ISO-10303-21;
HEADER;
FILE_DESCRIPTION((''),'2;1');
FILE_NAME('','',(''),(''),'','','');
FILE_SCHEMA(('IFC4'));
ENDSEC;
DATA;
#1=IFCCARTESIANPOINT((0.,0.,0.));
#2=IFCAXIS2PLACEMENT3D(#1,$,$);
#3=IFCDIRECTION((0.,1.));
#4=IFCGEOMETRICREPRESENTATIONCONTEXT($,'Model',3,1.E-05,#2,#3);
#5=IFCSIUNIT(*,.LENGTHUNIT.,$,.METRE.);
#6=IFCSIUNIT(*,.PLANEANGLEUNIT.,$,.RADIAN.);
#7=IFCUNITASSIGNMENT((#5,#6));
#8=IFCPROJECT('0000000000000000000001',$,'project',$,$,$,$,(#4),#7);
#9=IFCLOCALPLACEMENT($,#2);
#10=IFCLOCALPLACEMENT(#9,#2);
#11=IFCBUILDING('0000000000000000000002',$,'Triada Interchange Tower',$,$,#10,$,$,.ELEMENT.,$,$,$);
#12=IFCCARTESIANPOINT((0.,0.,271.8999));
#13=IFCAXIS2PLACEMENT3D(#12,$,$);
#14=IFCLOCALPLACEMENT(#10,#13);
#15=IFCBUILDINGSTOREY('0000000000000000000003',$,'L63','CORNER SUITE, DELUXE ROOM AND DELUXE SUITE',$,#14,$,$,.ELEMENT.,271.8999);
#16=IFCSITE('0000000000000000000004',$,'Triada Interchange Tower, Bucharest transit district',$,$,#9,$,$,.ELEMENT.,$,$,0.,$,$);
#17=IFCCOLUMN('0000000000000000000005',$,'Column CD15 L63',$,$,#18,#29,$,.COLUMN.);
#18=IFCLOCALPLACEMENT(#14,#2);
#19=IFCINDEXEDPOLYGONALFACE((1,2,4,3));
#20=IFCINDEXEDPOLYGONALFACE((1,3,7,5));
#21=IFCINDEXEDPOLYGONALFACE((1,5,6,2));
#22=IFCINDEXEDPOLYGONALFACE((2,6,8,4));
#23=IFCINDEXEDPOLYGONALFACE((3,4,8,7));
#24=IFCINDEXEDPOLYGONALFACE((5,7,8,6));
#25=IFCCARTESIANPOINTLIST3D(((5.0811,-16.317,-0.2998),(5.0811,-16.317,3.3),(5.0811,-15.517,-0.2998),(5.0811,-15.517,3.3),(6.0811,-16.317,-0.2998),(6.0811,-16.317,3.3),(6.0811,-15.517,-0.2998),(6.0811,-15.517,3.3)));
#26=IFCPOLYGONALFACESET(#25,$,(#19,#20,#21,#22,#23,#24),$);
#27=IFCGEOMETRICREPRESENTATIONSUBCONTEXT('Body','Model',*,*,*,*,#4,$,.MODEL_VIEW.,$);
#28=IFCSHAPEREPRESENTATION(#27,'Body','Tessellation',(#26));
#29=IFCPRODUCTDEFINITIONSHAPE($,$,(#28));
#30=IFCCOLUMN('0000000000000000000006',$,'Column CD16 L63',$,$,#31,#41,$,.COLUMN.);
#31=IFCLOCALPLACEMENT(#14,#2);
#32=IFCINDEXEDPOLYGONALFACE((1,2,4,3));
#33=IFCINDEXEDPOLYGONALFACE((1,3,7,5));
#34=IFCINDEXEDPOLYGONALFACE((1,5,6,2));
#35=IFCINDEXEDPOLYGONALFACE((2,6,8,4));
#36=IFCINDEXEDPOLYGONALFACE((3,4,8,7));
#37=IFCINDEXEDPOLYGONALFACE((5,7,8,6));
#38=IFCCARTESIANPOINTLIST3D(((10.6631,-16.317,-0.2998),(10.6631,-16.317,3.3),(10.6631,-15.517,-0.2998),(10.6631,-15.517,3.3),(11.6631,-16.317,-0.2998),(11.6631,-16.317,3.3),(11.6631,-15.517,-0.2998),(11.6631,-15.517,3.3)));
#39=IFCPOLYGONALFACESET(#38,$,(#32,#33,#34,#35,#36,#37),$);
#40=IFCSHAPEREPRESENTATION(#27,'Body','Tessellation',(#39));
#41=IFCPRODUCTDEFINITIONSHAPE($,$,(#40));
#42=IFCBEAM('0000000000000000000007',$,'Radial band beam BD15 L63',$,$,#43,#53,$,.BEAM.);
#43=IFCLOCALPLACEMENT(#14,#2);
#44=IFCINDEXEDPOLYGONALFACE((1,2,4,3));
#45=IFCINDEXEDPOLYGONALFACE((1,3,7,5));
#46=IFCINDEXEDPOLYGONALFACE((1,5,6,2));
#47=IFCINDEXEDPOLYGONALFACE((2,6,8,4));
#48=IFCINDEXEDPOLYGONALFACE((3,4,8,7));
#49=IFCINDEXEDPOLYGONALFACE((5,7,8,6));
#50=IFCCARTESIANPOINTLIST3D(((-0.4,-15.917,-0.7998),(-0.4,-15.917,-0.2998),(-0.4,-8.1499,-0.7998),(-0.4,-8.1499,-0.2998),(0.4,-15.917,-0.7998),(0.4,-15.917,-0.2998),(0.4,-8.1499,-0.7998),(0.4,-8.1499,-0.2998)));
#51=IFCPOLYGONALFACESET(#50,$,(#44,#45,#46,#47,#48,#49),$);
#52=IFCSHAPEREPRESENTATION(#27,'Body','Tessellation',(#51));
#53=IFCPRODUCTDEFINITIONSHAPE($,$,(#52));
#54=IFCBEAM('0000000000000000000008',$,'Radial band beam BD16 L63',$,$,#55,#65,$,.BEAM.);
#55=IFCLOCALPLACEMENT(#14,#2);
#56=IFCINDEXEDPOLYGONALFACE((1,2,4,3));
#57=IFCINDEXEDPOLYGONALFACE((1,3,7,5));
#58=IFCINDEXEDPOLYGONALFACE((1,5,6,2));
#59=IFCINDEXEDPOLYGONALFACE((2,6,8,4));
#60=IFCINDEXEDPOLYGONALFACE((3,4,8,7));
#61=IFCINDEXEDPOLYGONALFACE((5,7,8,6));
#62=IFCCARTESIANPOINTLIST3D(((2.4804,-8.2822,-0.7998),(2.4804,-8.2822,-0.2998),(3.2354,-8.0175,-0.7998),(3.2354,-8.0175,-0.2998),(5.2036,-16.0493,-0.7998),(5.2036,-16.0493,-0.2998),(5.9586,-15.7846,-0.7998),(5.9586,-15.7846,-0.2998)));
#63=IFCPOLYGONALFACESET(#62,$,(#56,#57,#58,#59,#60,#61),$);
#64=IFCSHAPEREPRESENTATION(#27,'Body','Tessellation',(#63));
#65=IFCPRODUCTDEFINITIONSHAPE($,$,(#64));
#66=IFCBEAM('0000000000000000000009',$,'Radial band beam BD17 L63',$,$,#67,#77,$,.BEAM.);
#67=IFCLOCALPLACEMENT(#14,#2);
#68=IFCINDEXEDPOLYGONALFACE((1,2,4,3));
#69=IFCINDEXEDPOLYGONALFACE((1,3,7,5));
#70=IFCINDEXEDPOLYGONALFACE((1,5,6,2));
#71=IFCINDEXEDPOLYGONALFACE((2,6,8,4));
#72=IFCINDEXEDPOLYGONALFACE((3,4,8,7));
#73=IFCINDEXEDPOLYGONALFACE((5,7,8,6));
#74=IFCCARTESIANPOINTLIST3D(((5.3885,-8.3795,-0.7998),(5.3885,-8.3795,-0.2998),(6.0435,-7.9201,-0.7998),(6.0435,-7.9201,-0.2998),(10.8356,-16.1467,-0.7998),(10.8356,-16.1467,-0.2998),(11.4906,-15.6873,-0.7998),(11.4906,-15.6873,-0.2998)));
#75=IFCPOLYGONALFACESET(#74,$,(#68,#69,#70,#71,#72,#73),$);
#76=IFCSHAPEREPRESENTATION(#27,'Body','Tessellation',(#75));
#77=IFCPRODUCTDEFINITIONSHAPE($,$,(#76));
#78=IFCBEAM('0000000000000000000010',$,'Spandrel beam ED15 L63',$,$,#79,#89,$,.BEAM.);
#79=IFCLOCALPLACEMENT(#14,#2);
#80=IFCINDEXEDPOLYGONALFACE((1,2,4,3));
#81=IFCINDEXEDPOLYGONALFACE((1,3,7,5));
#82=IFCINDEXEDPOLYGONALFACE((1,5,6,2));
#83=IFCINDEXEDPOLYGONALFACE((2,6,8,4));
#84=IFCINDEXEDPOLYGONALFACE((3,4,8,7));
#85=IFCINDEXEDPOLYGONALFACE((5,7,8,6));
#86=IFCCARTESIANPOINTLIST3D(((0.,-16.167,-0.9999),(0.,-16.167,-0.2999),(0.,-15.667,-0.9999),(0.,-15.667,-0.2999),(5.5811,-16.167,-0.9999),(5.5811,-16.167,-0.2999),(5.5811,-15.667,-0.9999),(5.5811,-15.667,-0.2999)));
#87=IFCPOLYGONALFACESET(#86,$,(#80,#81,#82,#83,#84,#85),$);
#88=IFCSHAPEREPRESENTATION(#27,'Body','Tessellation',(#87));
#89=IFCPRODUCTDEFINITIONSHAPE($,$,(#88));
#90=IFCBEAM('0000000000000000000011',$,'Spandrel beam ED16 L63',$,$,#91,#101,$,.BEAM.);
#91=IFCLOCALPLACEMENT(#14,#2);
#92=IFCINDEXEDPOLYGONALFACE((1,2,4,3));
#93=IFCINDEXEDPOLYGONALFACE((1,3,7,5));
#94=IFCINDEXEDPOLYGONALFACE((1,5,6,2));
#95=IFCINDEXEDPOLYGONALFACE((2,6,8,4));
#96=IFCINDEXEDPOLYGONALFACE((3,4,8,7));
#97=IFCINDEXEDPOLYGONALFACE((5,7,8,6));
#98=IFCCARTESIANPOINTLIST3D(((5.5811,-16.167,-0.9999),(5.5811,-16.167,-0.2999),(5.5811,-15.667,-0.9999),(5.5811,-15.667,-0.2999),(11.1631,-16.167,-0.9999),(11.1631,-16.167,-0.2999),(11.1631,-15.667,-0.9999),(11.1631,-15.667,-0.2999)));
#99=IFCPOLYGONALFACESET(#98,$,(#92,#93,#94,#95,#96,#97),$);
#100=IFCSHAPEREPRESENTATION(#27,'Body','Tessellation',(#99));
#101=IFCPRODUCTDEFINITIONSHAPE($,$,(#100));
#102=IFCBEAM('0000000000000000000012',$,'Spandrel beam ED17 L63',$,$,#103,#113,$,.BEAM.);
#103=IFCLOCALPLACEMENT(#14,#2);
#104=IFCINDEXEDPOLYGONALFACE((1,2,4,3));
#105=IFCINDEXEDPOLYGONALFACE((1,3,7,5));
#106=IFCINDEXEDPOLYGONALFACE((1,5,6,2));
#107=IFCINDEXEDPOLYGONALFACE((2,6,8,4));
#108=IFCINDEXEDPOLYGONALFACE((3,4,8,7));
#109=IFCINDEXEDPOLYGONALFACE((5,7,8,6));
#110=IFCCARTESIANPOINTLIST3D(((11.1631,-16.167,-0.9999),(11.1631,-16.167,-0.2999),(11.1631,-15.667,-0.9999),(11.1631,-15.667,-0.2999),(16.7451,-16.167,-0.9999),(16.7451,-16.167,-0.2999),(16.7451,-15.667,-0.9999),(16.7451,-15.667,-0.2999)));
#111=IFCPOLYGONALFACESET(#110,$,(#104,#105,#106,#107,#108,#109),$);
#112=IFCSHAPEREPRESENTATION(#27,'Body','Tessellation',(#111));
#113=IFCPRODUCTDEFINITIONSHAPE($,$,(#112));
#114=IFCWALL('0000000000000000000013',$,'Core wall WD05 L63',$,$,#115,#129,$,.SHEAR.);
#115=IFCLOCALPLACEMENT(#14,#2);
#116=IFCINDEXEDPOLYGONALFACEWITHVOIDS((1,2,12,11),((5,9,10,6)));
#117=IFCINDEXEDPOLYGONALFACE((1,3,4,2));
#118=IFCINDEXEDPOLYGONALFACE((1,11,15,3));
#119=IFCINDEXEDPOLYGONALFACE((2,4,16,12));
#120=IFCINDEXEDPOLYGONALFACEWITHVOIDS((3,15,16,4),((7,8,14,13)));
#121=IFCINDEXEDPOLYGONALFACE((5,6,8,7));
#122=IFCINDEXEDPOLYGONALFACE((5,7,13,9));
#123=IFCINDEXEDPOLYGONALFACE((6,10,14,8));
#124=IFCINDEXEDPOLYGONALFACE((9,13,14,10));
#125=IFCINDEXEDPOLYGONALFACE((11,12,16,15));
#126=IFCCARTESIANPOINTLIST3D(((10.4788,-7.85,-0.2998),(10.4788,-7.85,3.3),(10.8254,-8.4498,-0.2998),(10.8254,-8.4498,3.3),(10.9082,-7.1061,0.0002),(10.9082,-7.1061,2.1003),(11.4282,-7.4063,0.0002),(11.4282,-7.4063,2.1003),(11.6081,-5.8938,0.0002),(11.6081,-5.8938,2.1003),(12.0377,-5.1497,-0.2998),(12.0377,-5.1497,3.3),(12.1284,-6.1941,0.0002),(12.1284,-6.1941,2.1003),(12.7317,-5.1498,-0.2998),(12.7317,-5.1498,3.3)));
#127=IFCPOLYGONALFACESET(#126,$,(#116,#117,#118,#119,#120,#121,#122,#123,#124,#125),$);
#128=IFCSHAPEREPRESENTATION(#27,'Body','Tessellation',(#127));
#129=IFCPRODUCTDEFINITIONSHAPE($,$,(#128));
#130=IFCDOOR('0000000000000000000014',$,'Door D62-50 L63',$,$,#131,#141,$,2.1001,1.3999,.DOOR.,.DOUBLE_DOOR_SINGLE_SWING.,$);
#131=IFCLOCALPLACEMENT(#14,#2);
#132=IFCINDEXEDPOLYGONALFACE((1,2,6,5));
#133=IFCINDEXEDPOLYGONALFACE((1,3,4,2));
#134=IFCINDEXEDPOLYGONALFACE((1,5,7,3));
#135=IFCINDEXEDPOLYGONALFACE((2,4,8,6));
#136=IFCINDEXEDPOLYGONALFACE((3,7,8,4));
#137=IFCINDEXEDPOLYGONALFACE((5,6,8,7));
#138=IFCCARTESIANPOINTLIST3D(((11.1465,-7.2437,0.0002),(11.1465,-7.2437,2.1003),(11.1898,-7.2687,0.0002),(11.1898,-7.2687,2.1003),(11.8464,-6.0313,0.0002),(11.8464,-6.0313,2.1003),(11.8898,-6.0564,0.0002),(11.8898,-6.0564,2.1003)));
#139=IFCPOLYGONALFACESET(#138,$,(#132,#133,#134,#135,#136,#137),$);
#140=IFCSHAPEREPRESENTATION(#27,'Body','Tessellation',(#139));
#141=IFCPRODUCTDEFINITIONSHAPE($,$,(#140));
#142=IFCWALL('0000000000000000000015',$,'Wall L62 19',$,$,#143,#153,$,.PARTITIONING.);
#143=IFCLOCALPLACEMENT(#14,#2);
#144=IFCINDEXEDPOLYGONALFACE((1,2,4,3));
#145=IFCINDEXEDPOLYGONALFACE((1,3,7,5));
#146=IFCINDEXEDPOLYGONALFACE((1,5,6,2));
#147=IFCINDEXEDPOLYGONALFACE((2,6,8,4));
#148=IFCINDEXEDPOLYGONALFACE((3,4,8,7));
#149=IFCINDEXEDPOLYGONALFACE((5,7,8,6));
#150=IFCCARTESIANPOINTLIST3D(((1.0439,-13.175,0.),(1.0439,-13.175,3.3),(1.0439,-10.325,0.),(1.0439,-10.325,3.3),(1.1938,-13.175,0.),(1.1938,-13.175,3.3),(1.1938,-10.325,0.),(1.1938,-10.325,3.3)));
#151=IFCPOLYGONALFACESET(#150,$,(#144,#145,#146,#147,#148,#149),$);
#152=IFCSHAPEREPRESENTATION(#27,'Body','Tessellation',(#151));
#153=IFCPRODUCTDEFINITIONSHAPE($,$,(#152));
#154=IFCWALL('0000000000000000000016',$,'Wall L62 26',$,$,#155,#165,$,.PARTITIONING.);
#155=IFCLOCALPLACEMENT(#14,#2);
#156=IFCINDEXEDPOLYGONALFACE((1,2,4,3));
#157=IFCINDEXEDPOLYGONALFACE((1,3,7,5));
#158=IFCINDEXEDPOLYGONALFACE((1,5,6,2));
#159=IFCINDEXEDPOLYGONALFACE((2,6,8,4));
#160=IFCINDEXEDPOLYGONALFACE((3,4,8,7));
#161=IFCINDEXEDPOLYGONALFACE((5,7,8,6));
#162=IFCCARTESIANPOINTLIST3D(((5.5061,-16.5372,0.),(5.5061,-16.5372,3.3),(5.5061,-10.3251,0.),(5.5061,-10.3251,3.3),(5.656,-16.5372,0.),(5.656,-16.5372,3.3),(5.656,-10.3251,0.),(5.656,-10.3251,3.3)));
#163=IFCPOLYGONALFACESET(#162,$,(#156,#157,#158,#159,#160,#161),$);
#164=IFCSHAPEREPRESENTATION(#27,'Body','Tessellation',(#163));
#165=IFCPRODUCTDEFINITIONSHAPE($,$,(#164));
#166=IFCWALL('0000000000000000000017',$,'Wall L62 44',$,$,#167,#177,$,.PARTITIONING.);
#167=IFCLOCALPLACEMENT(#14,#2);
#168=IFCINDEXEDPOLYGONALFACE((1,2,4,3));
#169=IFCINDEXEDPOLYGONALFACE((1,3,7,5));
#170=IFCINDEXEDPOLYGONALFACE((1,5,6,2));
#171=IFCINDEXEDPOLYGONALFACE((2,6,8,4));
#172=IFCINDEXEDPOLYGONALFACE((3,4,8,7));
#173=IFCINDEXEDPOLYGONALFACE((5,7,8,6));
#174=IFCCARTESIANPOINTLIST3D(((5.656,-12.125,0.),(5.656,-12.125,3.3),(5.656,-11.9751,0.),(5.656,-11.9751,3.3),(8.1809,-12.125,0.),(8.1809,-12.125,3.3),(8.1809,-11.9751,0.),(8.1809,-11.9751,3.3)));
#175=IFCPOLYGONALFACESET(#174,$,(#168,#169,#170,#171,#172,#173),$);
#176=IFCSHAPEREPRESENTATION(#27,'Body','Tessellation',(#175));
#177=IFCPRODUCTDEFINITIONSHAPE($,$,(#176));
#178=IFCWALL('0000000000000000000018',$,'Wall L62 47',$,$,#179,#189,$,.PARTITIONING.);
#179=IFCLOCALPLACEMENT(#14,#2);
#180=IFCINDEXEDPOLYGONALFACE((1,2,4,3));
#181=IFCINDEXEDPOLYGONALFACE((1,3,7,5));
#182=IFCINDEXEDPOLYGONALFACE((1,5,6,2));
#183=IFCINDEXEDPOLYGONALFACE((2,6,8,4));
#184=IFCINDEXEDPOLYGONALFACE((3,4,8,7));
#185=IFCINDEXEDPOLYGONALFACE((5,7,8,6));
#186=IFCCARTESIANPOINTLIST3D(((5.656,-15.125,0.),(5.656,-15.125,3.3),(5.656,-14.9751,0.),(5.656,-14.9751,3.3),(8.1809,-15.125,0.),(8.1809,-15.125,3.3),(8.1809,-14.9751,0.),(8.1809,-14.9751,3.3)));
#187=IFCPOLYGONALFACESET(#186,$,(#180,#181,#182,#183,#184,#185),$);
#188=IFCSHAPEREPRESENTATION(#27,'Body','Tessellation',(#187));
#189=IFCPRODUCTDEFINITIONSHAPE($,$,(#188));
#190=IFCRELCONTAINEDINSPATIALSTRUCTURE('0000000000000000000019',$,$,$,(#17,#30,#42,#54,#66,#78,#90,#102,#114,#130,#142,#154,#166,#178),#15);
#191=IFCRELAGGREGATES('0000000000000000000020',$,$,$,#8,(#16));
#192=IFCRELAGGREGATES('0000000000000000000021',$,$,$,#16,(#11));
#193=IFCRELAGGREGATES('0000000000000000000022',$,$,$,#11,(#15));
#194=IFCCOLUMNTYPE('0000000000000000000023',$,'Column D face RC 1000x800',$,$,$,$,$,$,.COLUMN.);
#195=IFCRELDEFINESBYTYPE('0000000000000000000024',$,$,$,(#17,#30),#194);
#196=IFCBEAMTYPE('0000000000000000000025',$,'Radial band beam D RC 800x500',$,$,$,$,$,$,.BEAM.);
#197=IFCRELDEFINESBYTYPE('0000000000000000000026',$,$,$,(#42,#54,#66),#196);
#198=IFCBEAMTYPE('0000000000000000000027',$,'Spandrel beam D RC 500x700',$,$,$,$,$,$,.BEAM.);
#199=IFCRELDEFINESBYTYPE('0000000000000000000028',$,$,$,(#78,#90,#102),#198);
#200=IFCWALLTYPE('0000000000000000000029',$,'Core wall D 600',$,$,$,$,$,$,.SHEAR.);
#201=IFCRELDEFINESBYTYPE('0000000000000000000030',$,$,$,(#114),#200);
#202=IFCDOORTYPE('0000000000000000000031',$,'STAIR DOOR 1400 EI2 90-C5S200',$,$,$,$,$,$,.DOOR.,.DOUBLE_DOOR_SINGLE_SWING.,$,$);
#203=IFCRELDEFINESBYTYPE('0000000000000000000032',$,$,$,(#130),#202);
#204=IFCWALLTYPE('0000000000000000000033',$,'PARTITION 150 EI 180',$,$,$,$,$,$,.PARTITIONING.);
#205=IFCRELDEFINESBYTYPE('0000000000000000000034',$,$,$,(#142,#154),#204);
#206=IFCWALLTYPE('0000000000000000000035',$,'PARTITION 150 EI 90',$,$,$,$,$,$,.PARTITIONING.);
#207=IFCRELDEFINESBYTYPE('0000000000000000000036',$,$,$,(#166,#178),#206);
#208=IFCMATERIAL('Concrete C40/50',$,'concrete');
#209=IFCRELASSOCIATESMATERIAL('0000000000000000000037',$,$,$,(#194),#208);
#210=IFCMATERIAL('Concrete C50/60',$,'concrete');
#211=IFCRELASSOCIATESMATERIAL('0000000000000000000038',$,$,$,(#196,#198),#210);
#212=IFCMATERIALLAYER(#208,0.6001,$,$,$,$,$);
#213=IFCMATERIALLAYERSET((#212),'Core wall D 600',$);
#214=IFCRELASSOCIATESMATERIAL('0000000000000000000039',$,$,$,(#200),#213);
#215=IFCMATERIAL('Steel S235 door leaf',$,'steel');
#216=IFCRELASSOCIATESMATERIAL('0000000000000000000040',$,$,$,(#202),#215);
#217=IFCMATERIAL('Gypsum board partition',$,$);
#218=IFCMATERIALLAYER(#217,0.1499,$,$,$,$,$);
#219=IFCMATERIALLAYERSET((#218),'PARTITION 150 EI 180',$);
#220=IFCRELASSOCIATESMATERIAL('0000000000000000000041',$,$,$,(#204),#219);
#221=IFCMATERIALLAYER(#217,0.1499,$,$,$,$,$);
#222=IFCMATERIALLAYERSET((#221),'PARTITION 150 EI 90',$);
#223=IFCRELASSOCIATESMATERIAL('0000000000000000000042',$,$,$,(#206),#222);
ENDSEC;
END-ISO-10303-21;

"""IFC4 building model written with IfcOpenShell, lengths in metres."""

from ifc_helpers import new_model, si_unit, direction, frame, frame_2d, origin, origin_2d, place, context, subcontext, project, spatial, polyline, rectangle, outline, extrude, material, layer, layer_set, material_profile, profile_set, type_object, element, fill, save


model = new_model("IFC4")

# Units and contexts
model_context = context("Model", 3, precision=1e-05, world=origin(), true_north=direction((0.0, 1.0)))
body_context = subcontext(model_context, "Body", "Model", "MODEL_VIEW")
ifc_project = project(units=[si_unit("LENGTHUNIT", "METRE"), si_unit("PLANEANGLEUNIT", "RADIAN")], contexts=[model_context])

# Site, building, storey
site_placement = place(None, origin())
site = spatial("IfcSite", under=ifc_project, at=site_placement, Name="Triada Interchange Tower, Bucharest transit district", CompositionType="ELEMENT", RefElevation=0.0)
building_placement = place(site_placement, origin())
building = spatial("IfcBuilding", under=site, at=building_placement, Name="Triada Interchange Tower", CompositionType="ELEMENT")
storey_placement = place(building_placement, frame((0.0, 0.0, 271.8999)))
storey = spatial("IfcBuildingStorey", under=building, at=storey_placement, Name="L63", Description="CORNER SUITE, DELUXE ROOM AND DELUXE SUITE", CompositionType="ELEMENT", Elevation=271.8999)

# Columns
ifc_material_1 = material(Name="Concrete C40/50", Category="concrete")
ifc_material_profile_1 = material_profile(ifc_material_1, rectangle(XDim=1.0, YDim=0.8, at=origin_2d()), Name="RC 1000x800")
ifc_profile_set_1 = profile_set([ifc_material_profile_1], Name="Concrete C40/50")
column_type = type_object("IfcColumnType", Name="Column D face RC 1000x800", PredefinedType="COLUMN", material=ifc_profile_set_1)
for number, where, z_axis, x_axis, name in (
    (1, (5.5811, -15.917, -0.2998), (0.0, 0.0, 1.0), (1.0, 0.0, 0.0), "Column CD15 L63"),
    (2, (11.1631, -15.917, -0.2998), (0.0, 0.0, 1.0), (1.0, 0.0, 0.0), "Column CD16 L63"),
):
    element("IfcColumn", number, at=place(storey_placement, frame(where, z_axis=z_axis, x_axis=x_axis)), inside=storey, type_object=column_type, Name=name, PredefinedType="COLUMN", context=body_context, shape_type="SweptSolid", body=[
        extrude(rectangle(XDim=1.0, YDim=0.8, at=origin_2d()), origin(), (0.0, 0.0, 1.0), 3.5999),
    ])

# Beams
ifc_material_2 = material(Name="Concrete C50/60", Category="concrete")
ifc_material_profile_2 = material_profile(ifc_material_2, rectangle(XDim=0.8, YDim=0.5, at=origin_2d()), Name="RC 800x500")
ifc_profile_set_2 = profile_set([ifc_material_profile_2], Name="Concrete C50/60")
beam_type_1 = type_object("IfcBeamType", Name="Radial band beam D RC 800x500", PredefinedType="BEAM", material=ifc_profile_set_2)
beam_1_placement = place(storey_placement, frame((0.0, -15.917, -0.5498), z_axis=(0.0, 1.0, 0.0), x_axis=(-1.0, 0.0, 0.0)))
element("IfcBeam", 3, at=beam_1_placement, inside=storey, type_object=beam_type_1, Name="Radial band beam BD15 L63", PredefinedType="BEAM", context=body_context, shape_type="SweptSolid", body=[
    extrude(rectangle(XDim=0.8, YDim=0.5, at=origin_2d()), origin(), (0.0, 0.0, 1.0), 7.7671),
])
beam_2_placement = place(storey_placement, frame((5.5811, -15.917, -0.5498), z_axis=(-0.330855, 0.943682, 0.0), x_axis=(-0.943682, -0.330855, 0.0)))
element("IfcBeam", 4, at=beam_2_placement, inside=storey, type_object=beam_type_1, Name="Radial band beam BD16 L63", PredefinedType="BEAM", context=body_context, shape_type="SweptSolid", body=[
    extrude(rectangle(XDim=0.8, YDim=0.5, at=origin_2d()), origin(), (0.0, 0.0, 1.0), 8.2307),
])
beam_3_placement = place(storey_placement, frame((11.1631, -15.917, -0.5498), z_axis=(-0.574174, 0.818733, 0.0), x_axis=(-0.818733, -0.574174, 0.0)))
element("IfcBeam", 5, at=beam_3_placement, inside=storey, type_object=beam_type_1, Name="Radial band beam BD17 L63", PredefinedType="BEAM", context=body_context, shape_type="SweptSolid", body=[
    extrude(rectangle(XDim=0.8, YDim=0.5, at=origin_2d()), origin(), (0.0, 0.0, 1.0), 9.4868),
])
ifc_material_profile_3 = material_profile(ifc_material_2, rectangle(XDim=0.5, YDim=0.7, at=origin_2d()), Name="RC 500x700")
ifc_profile_set_3 = profile_set([ifc_material_profile_3], Name="Concrete C50/60")
beam_type_2 = type_object("IfcBeamType", Name="Spandrel beam D RC 500x700", PredefinedType="BEAM", material=ifc_profile_set_3)
beam_4_placement = place(storey_placement, frame((0.0, -15.917, -0.6499), z_axis=(1.0, 0.0, 0.0), x_axis=(0.0, 1.0, 0.0)))
element("IfcBeam", 6, at=beam_4_placement, inside=storey, type_object=beam_type_2, Name="Spandrel beam ED15 L63", PredefinedType="BEAM", context=body_context, shape_type="SweptSolid", body=[
    extrude(rectangle(XDim=0.5, YDim=0.7, at=origin_2d()), origin(), (0.0, 0.0, 1.0), 5.5811),
])
for number, where, z_axis, x_axis, name in (
    (7, (5.5811, -15.917, -0.6499), (1.0, 0.0, 0.0), (0.0, 1.0, 0.0), "Spandrel beam ED16 L63"),
    (8, (11.1631, -15.917, -0.6499), (1.0, 0.0, 0.0), (0.0, 1.0, 0.0), "Spandrel beam ED17 L63"),
):
    element("IfcBeam", number, at=place(storey_placement, frame(where, z_axis=z_axis, x_axis=x_axis)), inside=storey, type_object=beam_type_2, Name=name, PredefinedType="BEAM", context=body_context, shape_type="SweptSolid", body=[
        extrude(rectangle(XDim=0.5, YDim=0.7, at=origin_2d()), origin(), (0.0, 0.0, 1.0), 5.582),
    ])

# Wall, opening, door
ifc_layer_1 = layer(ifc_material_1, 0.6001)
ifc_layer_set_1 = layer_set([ifc_layer_1], Name="Core wall D 600")
wall_type_1 = type_object("IfcWallType", Name="Core wall D 600", PredefinedType="SHEAR", material=ifc_layer_set_1)
wall_1_placement = place(storey_placement, frame((10.6521, -8.1499, -0.2998), z_axis=(0.0, 0.0, 1.0), x_axis=(0.499975, 0.86604, 0.0)))
wall_1 = element("IfcWall", 9, at=wall_1_placement, inside=storey, type_object=wall_type_1, Name="Core wall WD05 L63", PredefinedType="SHEAR", context=body_context, shape_type="SweptSolid", body=[
    extrude(outline(polyline([(-0.1731, -0.3), (1.7324, -0.3005), (3.6379, -0.301), (3.291, 0.3), (1.7319, 0.3), (0.1731, 0.3), (-0.1731, -0.3)])), origin(), (0.0, 0.0, 1.0), 3.5999),
])
opening_1_placement = place(wall_1_placement, frame((1.032, 0.0, 0.3)))
opening_1 = element("IfcOpeningElement", 10, at=opening_1_placement, cuts=wall_1, PredefinedType="OPENING", context=body_context, shape_type="SweptSolid", body=[
    extrude(rectangle(XDim=1.3999, YDim=2.1001, at=frame_2d((0.7, 1.05))), frame((0.0, 0.3101, 0.0), z_axis=(0.0, -1.0, 0.0), x_axis=(1.0, 0.0, 0.0)), (0.0, 0.0, 1.0), 0.6211),
])
ifc_material_3 = material(Name="Steel S235 door leaf", Category="steel")
door_type_1 = type_object("IfcDoorType", Name="STAIR DOOR 1400 EI2 90-C5S200", OperationType="DOUBLE_DOOR_SINGLE_SWING", PredefinedType="DOOR", material=ifc_material_3)
door_1_placement = place(opening_1_placement, origin())
door_1 = element("IfcDoor", 11, at=door_1_placement, inside=storey, type_object=door_type_1, Name="Door D62-50 L63", OperationType="DOUBLE_DOOR_SINGLE_SWING", OverallHeight=2.1001, OverallWidth=1.3999, PredefinedType="DOOR", context=body_context, shape_type="SweptSolid", body=[
    extrude(rectangle(XDim=1.3999, YDim=2.1001, at=frame_2d((0.7, 1.05))), frame((0.0, 0.0249, 0.0), z_axis=(0.0, -1.0, 0.0), x_axis=(1.0, 0.0, 0.0)), (0.0, 0.0, 1.0), 0.05),
])
fill(opening_1, door_1)

# Walls
ifc_material_4 = material(Name="Gypsum board partition")
ifc_layer_2 = layer(ifc_material_4, 0.1499)
ifc_layer_set_2 = layer_set([ifc_layer_2], Name="PARTITION 150 EI 180")
wall_type_2 = type_object("IfcWallType", Name="PARTITION 150 EI 180", PredefinedType="PARTITIONING", material=ifc_layer_set_2)
wall_2_placement = place(storey_placement, frame((1.1189, -13.175, 0.0), z_axis=(0.0, 0.0, 1.0), x_axis=(0.0, 1.0, 0.0)))
element("IfcWall", 12, at=wall_2_placement, inside=storey, type_object=wall_type_2, Name="Wall L62 19", PredefinedType="PARTITIONING", context=body_context, shape_type="SweptSolid", body=[
    extrude(rectangle(XDim=2.8501, YDim=0.1499, at=frame_2d((1.425, 0.0))), origin(), (0.0, 0.0, 1.0), 3.3),
])
wall_3_placement = place(storey_placement, frame((5.5811, -16.5371, 0.0), z_axis=(0.0, 0.0, 1.0), x_axis=(0.0, 1.0, 0.0)))
element("IfcWall", 13, at=wall_3_placement, inside=storey, type_object=wall_type_2, Name="Wall L62 26", PredefinedType="PARTITIONING", context=body_context, shape_type="SweptSolid", body=[
    extrude(rectangle(XDim=6.2122, YDim=0.1499, at=frame_2d((3.106, 0.0))), origin(), (0.0, 0.0, 1.0), 3.3),
])
ifc_layer_3 = layer(ifc_material_4, 0.1499)
ifc_layer_set_3 = layer_set([ifc_layer_3], Name="PARTITION 150 EI 90")
wall_type_3 = type_object("IfcWallType", Name="PARTITION 150 EI 90", PredefinedType="PARTITIONING", material=ifc_layer_set_3)
for number, where, z_axis, x_axis, name in (
    (14, (5.656, -12.05, 0.0), (0.0, 0.0, 1.0), (1.0, 0.0, 0.0), "Wall L62 44"),
    (15, (5.656, -15.05, 0.0), (0.0, 0.0, 1.0), (1.0, 0.0, 0.0), "Wall L62 47"),
):
    element("IfcWall", number, at=place(storey_placement, frame(where, z_axis=z_axis, x_axis=x_axis)), inside=storey, type_object=wall_type_3, Name=name, PredefinedType="PARTITIONING", context=body_context, shape_type="SweptSolid", body=[
        extrude(rectangle(XDim=2.5249, YDim=0.1499, at=frame_2d((1.2625, 0.0))), origin(), (0.0, 0.0, 1.0), 3.3),
    ])

save(model, "model.ifc")
